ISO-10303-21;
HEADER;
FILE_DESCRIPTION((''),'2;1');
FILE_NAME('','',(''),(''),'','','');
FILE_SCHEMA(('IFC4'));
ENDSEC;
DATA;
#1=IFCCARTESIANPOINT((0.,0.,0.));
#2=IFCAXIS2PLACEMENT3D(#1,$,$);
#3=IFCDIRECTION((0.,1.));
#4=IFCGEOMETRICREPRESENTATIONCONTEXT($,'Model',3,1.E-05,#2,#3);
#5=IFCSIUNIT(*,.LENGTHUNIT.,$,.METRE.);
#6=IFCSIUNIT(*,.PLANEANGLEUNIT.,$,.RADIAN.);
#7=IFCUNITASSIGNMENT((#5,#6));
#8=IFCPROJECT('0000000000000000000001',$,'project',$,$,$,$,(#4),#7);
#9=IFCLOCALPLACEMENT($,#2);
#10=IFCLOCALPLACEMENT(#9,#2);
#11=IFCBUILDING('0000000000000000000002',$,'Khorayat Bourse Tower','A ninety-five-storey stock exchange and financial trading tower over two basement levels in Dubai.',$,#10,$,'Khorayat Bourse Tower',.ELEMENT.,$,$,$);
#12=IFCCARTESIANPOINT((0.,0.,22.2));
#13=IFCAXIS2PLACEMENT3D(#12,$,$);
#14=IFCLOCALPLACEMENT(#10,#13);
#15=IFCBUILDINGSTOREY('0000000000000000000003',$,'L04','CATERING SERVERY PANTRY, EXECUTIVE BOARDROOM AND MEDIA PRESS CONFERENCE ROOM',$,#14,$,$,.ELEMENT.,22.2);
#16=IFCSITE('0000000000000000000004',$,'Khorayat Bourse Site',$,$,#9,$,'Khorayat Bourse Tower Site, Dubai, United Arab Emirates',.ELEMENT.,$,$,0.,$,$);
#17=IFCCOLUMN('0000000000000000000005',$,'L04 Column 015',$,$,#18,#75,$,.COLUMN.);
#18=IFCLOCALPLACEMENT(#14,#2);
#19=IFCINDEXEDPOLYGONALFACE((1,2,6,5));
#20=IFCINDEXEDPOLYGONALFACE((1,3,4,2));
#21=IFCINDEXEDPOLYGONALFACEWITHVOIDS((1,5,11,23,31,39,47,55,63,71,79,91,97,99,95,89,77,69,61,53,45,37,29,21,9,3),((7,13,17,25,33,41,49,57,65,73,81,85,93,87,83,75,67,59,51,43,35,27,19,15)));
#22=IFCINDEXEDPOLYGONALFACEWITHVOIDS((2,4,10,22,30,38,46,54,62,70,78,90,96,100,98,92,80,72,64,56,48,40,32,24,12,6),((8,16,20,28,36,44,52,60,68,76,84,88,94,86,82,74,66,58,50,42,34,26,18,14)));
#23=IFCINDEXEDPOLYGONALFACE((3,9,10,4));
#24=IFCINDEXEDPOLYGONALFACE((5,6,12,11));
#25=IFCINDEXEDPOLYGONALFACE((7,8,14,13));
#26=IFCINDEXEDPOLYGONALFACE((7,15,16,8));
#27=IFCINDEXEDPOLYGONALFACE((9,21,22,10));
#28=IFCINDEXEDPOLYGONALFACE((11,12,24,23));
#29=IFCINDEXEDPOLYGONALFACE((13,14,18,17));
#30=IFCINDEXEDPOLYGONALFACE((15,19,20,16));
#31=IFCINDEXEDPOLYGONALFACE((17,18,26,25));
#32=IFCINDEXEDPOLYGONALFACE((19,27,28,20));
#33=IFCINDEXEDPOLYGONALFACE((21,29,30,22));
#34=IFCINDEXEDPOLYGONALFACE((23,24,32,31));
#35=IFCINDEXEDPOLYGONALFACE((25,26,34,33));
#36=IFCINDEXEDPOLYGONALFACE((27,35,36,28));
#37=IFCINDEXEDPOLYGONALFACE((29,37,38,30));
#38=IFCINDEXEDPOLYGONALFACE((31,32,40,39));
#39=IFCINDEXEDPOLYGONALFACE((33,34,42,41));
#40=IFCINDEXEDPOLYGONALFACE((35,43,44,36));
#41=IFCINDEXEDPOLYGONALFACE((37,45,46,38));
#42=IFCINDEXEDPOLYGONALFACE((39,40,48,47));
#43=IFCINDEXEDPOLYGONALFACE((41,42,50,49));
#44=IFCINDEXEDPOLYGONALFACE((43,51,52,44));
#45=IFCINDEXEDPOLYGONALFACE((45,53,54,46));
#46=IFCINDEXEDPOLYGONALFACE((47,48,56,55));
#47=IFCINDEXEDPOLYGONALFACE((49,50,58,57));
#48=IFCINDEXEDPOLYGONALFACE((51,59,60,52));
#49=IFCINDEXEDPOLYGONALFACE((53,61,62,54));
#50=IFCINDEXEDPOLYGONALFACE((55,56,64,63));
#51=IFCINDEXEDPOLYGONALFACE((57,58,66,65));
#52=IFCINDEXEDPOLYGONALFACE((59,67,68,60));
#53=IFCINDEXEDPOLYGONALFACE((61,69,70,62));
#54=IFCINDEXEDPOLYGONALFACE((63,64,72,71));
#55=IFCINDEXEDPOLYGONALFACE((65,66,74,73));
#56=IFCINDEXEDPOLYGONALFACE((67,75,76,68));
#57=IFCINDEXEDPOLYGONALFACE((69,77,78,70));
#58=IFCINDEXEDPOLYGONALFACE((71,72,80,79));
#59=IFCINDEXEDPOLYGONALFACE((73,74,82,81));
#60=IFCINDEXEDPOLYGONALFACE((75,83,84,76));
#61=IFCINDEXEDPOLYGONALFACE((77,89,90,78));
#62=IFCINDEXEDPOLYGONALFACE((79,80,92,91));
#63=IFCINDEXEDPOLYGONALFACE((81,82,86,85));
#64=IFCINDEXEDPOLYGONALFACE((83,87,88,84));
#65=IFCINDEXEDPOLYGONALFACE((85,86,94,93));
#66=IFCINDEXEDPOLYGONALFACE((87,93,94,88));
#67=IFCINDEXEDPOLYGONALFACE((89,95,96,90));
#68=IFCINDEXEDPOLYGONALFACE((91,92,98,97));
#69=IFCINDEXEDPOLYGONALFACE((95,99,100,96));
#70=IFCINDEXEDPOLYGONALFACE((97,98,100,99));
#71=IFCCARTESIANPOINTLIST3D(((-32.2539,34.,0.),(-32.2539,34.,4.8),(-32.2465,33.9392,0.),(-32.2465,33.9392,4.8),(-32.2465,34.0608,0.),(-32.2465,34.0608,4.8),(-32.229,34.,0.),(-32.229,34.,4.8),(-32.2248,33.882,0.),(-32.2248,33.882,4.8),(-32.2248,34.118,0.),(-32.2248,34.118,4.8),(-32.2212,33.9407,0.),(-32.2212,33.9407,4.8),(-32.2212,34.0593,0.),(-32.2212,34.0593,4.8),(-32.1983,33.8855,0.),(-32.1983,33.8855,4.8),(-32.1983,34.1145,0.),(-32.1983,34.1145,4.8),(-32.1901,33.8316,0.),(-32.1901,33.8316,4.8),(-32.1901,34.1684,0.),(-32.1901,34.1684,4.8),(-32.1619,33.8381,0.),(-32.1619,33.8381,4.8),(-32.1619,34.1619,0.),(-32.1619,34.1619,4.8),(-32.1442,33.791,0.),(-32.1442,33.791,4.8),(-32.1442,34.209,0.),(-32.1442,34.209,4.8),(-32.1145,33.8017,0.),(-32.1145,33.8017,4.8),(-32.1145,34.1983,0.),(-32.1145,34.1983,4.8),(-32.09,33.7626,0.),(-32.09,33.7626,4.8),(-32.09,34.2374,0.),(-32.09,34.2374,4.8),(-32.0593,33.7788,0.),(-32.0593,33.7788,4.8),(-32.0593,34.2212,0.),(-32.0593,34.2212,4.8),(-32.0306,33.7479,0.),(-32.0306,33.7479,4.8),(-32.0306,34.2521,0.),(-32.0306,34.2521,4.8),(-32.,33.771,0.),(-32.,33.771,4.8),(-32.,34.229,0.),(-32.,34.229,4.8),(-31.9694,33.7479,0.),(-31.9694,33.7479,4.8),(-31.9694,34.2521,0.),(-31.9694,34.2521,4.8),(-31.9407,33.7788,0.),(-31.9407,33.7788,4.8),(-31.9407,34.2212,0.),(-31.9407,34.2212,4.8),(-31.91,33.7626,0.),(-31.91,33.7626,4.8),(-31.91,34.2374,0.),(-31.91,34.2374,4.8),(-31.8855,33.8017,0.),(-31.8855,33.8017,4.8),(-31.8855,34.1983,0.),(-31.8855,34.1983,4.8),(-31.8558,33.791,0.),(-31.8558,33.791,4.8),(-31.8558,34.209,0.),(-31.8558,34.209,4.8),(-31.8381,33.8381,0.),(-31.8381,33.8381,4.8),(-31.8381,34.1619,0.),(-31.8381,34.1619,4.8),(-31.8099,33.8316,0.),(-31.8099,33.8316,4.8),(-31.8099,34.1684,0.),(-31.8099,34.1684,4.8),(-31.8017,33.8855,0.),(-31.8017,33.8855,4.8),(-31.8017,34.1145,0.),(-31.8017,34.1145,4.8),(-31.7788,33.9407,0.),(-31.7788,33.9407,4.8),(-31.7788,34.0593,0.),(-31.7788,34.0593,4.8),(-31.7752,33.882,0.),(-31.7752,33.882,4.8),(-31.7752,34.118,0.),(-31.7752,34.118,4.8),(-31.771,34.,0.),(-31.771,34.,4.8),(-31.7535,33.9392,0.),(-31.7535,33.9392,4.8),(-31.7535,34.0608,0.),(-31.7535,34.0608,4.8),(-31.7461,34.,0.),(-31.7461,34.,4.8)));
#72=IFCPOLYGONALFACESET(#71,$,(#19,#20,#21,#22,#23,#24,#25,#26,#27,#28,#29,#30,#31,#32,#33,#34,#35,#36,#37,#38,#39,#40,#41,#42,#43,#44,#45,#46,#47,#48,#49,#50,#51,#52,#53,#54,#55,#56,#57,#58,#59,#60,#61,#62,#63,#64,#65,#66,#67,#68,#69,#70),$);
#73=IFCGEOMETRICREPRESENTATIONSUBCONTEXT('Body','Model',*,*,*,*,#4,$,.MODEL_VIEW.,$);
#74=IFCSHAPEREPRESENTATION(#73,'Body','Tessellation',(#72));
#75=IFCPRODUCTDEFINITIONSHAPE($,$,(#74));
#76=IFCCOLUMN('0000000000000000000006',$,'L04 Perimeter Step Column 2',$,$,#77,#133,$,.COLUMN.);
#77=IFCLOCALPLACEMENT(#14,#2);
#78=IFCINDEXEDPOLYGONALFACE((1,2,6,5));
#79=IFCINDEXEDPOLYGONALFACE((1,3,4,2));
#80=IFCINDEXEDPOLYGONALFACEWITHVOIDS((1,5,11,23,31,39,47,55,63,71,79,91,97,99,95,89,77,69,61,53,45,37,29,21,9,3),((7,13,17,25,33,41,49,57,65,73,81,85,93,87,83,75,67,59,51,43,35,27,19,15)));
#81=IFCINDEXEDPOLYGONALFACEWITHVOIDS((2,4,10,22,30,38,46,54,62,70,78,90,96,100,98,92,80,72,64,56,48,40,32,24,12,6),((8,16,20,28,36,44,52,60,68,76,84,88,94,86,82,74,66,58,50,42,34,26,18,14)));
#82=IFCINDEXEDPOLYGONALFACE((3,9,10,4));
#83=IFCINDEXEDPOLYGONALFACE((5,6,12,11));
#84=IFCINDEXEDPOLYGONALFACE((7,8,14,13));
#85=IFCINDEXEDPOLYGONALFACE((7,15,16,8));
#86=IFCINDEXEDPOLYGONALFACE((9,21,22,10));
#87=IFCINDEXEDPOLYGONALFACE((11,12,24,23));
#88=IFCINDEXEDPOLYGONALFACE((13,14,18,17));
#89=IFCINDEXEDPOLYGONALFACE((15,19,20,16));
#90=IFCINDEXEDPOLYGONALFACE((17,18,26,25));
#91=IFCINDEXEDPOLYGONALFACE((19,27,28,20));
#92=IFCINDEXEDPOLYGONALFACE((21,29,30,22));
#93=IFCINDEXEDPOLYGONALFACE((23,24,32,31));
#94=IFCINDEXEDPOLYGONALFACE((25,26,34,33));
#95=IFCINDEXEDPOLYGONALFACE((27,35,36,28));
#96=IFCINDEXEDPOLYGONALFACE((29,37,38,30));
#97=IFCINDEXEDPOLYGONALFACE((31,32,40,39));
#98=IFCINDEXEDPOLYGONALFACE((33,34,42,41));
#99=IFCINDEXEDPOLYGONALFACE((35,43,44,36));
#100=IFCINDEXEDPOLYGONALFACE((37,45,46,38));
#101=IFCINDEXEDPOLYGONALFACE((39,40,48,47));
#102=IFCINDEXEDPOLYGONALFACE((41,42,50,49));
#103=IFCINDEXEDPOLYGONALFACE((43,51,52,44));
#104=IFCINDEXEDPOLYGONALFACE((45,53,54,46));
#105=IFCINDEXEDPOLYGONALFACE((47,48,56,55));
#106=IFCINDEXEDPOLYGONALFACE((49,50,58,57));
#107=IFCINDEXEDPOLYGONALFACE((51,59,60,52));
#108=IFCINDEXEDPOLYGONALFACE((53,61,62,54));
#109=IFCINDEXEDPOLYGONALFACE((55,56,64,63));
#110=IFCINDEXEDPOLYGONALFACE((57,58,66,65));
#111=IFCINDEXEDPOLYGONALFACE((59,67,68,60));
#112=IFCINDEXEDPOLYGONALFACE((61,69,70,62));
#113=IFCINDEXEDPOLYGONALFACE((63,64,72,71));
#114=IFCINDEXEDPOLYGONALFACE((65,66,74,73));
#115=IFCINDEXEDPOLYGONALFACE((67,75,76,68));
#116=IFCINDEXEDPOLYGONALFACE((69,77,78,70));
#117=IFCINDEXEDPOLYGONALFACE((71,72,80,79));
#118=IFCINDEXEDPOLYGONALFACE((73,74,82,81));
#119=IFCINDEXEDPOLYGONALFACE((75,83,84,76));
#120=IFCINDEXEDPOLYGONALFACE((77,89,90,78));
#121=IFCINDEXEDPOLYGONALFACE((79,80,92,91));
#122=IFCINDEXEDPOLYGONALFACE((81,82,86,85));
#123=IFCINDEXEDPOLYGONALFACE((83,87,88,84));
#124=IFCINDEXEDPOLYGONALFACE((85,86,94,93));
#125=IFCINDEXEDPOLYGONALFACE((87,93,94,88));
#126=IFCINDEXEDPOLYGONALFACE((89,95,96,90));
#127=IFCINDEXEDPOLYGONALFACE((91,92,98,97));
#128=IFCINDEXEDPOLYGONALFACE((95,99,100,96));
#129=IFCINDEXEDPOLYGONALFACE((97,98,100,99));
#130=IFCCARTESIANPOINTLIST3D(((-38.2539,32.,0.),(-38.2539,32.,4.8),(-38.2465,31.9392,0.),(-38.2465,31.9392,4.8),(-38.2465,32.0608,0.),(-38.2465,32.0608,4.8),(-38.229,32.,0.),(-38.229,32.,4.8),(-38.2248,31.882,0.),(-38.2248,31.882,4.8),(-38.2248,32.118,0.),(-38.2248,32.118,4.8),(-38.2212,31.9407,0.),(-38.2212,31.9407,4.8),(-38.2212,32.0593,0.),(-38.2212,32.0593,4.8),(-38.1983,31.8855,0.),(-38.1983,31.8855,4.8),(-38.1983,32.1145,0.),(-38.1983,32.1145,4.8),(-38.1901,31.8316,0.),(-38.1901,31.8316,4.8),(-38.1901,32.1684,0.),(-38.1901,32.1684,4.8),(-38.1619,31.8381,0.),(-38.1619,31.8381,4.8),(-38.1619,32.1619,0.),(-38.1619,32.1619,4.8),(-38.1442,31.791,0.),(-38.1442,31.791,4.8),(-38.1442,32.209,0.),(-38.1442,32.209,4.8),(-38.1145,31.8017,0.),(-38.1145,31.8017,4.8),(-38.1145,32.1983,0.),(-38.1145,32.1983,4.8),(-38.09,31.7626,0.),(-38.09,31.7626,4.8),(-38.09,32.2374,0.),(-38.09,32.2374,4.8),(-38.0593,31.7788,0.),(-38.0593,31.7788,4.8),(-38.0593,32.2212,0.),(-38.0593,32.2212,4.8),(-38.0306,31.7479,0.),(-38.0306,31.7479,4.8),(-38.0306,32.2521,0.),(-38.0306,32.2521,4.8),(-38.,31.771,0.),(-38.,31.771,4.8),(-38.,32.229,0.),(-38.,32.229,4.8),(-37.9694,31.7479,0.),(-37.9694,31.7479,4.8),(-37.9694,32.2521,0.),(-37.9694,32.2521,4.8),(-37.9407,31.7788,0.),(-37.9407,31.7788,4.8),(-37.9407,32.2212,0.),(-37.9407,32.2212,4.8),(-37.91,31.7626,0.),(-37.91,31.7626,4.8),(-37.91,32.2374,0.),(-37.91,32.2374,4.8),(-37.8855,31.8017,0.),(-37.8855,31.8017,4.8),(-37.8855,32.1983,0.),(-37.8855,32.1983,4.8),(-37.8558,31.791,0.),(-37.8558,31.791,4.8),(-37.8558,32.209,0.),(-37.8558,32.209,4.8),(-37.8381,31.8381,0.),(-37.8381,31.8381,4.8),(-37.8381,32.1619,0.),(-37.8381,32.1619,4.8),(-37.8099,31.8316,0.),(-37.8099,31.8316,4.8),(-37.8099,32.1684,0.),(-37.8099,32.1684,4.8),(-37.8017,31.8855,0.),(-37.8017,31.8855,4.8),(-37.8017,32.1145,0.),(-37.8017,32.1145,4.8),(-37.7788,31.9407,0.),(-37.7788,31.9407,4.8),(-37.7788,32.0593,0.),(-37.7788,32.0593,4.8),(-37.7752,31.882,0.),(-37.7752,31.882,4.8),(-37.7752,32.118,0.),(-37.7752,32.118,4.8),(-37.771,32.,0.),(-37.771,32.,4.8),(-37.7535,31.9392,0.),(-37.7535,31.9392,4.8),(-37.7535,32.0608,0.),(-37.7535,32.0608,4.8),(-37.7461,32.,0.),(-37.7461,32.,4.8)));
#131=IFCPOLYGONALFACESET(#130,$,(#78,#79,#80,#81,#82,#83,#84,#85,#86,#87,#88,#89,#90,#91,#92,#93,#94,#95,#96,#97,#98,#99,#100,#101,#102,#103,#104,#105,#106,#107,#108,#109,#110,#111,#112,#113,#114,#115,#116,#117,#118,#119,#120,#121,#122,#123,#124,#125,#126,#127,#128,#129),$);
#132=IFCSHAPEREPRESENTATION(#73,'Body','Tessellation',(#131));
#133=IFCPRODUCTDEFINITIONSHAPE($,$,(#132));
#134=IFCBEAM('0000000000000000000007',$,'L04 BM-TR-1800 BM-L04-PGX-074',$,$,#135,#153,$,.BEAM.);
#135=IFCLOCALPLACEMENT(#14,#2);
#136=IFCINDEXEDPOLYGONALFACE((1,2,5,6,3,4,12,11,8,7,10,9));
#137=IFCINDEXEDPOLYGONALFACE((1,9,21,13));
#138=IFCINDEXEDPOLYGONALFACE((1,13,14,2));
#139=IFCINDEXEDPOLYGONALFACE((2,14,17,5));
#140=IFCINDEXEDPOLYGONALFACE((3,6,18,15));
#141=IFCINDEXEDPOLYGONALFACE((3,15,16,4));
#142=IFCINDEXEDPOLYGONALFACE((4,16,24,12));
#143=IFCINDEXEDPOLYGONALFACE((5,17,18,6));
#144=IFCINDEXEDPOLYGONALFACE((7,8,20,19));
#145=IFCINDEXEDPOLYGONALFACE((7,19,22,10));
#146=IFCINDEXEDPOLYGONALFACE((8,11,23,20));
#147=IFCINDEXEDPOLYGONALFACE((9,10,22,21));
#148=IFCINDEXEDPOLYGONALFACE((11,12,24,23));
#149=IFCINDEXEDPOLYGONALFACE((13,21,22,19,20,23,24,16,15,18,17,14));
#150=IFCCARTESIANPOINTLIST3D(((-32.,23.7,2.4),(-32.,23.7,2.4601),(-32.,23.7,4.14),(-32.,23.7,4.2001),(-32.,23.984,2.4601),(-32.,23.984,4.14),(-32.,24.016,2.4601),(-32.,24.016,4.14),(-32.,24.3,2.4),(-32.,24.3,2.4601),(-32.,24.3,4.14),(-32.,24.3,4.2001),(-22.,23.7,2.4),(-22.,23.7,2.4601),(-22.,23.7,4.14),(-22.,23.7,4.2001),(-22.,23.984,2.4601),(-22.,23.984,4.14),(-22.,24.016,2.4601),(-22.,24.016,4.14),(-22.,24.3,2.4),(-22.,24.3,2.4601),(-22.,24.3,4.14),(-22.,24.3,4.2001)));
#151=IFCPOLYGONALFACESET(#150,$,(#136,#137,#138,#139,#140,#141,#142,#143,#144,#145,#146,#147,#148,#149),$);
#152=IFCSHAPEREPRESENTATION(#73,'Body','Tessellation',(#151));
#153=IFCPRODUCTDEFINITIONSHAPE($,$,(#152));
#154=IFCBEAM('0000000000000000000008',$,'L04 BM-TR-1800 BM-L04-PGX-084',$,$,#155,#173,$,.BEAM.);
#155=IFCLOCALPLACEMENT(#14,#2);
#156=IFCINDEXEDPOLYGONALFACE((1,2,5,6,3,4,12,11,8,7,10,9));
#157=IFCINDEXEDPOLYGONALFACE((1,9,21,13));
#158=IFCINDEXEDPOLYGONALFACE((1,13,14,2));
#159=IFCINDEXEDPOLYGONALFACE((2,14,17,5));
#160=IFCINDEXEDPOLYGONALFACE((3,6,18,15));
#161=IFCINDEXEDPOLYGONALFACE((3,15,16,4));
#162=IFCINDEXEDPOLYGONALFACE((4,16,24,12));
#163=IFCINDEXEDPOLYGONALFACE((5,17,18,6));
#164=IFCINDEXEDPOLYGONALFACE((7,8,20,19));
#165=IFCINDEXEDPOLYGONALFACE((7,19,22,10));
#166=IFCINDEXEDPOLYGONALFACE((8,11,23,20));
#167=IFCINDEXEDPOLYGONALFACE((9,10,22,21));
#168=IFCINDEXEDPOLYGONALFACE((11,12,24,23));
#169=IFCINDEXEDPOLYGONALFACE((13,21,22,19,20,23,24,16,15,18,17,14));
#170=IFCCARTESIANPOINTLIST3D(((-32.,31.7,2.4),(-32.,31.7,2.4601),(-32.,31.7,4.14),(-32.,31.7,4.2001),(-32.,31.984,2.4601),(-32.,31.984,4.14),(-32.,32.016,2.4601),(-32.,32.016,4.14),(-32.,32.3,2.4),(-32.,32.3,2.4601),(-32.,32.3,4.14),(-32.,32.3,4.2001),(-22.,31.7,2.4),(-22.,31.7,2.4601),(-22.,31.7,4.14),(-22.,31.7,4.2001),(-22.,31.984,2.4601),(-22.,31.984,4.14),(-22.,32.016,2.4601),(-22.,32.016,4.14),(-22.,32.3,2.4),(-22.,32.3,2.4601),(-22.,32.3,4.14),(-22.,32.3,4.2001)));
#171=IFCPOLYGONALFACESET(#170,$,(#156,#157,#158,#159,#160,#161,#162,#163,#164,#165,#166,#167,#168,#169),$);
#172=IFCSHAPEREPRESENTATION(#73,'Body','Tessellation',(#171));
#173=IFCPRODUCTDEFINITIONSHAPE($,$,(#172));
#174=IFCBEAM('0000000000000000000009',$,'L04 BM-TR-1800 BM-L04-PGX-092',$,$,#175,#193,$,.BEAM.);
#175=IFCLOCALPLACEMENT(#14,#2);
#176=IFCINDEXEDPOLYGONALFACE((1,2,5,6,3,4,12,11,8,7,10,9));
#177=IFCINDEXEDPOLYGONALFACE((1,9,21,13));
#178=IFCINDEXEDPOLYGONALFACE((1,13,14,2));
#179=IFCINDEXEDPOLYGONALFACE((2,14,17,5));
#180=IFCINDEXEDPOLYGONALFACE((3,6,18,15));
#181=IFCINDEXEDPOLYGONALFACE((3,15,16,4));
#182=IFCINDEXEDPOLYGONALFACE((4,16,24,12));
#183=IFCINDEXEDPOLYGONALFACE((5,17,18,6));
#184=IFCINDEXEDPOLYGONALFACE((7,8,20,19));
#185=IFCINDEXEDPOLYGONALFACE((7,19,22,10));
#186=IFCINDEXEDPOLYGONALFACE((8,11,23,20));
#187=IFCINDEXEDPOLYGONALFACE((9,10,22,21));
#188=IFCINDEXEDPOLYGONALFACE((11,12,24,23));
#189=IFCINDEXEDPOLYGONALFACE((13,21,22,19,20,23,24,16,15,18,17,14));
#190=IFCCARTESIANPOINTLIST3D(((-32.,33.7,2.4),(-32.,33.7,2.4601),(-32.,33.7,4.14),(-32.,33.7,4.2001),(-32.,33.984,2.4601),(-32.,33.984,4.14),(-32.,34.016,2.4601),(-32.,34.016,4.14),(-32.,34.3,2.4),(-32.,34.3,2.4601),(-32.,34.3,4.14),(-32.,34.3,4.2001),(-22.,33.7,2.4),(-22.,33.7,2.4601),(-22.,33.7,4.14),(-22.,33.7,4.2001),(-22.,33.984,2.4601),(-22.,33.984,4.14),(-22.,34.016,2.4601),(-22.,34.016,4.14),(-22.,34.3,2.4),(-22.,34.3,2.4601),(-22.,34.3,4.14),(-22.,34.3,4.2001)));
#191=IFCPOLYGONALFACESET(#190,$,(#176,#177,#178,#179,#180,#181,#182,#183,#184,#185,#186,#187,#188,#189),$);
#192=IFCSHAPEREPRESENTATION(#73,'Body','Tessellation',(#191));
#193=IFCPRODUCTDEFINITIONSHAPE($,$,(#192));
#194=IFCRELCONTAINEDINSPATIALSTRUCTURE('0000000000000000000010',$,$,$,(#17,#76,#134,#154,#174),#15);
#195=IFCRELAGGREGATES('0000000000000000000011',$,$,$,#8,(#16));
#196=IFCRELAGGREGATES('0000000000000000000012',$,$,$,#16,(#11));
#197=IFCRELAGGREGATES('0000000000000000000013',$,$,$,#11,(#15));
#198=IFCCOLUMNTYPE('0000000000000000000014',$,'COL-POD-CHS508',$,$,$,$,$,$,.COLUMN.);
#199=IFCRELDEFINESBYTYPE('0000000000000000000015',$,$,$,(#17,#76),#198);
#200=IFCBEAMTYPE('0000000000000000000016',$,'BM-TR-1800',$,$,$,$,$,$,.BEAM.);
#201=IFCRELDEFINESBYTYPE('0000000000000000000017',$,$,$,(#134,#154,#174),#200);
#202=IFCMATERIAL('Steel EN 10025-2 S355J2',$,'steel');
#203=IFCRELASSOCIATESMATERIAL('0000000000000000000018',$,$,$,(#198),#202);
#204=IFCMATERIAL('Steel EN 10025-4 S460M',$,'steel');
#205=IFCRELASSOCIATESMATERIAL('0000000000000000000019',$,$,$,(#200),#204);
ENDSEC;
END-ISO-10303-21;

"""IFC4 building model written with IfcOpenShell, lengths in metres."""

from ifc_helpers import new_model, si_unit, direction, frame, origin, origin_2d, place, context, subcontext, project, spatial, hollow_circle, i_section, extrude, source, transform, mapped, material, material_profile, profile_set, type_object, element, save


model = new_model("IFC4")

# Units and contexts
model_context = context("Model", 3, precision=1e-05, world=origin(), true_north=direction((0.0, 1.0)))
body_context = subcontext(model_context, "Body", "Model", "MODEL_VIEW")
ifc_project = project(units=[si_unit("LENGTHUNIT", "METRE"), si_unit("PLANEANGLEUNIT", "RADIAN")], contexts=[model_context])

# Site, building, storey
site_placement = place(None, origin())
site = spatial("IfcSite", under=ifc_project, at=site_placement, Name="Khorayat Bourse Site", LongName="Khorayat Bourse Tower Site, Dubai, United Arab Emirates", CompositionType="ELEMENT", RefElevation=0.0)
building_placement = place(site_placement, origin())
building = spatial("IfcBuilding", under=site, at=building_placement, Name="Khorayat Bourse Tower", Description="A ninety-five-storey stock exchange and financial trading tower over two basement levels in Dubai.", LongName="Khorayat Bourse Tower", CompositionType="ELEMENT")
storey_placement = place(building_placement, frame((0.0, 0.0, 22.2)))
storey = spatial("IfcBuildingStorey", under=building, at=storey_placement, Name="L04", Description="CATERING SERVERY PANTRY, EXECUTIVE BOARDROOM AND MEDIA PRESS CONFERENCE ROOM", CompositionType="ELEMENT", Elevation=22.2)

# Columns
ifc_material_1 = material(Name="Steel EN 10025-2 S355J2", Category="steel")
ifc_material_profile_1 = material_profile(ifc_material_1, hollow_circle(Radius=0.2539, WallThickness=0.0249, at=origin_2d()), Name="CHS 508x25")
ifc_profile_set_1 = profile_set([ifc_material_profile_1], Name="Steel EN 10025-2 S355J2")
column_type_1 = type_object("IfcColumnType", Name="COL-POD-CHS508", PredefinedType="COLUMN", material=ifc_profile_set_1)
shared_shape_1 = source(origin(), body_context, "Body", "SweptSolid", [
    extrude(hollow_circle(Radius=0.2539, WallThickness=0.0249, at=origin_2d()), origin(), (0.0, 0.0, 1.0), 4.8),
])
for number, where, z_axis, x_axis, name in (
    (1, (-32.0, 34.0, 0.0), (0.0, 0.0, 1.0), (1.0, 0.0, 0.0), "L04 Column 015"),
    (2, (-38.0, 32.0, 0.0), (0.0, 0.0, 1.0), (1.0, 0.0, 0.0), "L04 Perimeter Step Column 2"),
):
    element("IfcColumn", number, at=place(storey_placement, frame(where, z_axis=z_axis, x_axis=x_axis)), inside=storey, type_object=column_type_1, Name=name, PredefinedType="COLUMN", context=body_context, shape_type="MappedRepresentation", body=[
        mapped(shared_shape_1, transform((0.0, 0.0, 0.0), scale=1.0)),
    ])

# Beams
ifc_material_2 = material(Name="Steel EN 10025-4 S460M", Category="steel")
ifc_material_profile_2 = material_profile(ifc_material_2, i_section(OverallWidth=0.6001, OverallDepth=1.8, WebThickness=0.032, FlangeThickness=0.0601, at=origin_2d()), Name="PG 1800x600x32x60")
ifc_profile_set_2 = profile_set([ifc_material_profile_2], Name="Steel EN 10025-4 S460M")
beam_type_1 = type_object("IfcBeamType", Name="BM-TR-1800", PredefinedType="BEAM", material=ifc_profile_set_2)
shared_shape_2 = source(origin(), body_context, "Body", "SweptSolid", [
    extrude(i_section(OverallWidth=0.6001, OverallDepth=1.8, WebThickness=0.032, FlangeThickness=0.0601, at=origin_2d()), origin(), (0.0, 0.0, 1.0), 10.0),
])
for number, where, z_axis, x_axis, name in (
    (3, (-32.0, 24.0, 3.3), (1.0, 0.0, 0.0), (0.0, 1.0, 0.0), "L04 BM-TR-1800 BM-L04-PGX-074"),
    (4, (-32.0, 32.0, 3.3), (1.0, 0.0, 0.0), (0.0, 1.0, 0.0), "L04 BM-TR-1800 BM-L04-PGX-084"),
    (5, (-32.0, 34.0, 3.3), (1.0, 0.0, 0.0), (0.0, 1.0, 0.0), "L04 BM-TR-1800 BM-L04-PGX-092"),
):
    element("IfcBeam", number, at=place(storey_placement, frame(where, z_axis=z_axis, x_axis=x_axis)), inside=storey, type_object=beam_type_1, Name=name, PredefinedType="BEAM", context=body_context, shape_type="MappedRepresentation", body=[
        mapped(shared_shape_2, transform((0.0, 0.0, 0.0), scale=1.0)),
    ])

save(model, "model.ifc")
